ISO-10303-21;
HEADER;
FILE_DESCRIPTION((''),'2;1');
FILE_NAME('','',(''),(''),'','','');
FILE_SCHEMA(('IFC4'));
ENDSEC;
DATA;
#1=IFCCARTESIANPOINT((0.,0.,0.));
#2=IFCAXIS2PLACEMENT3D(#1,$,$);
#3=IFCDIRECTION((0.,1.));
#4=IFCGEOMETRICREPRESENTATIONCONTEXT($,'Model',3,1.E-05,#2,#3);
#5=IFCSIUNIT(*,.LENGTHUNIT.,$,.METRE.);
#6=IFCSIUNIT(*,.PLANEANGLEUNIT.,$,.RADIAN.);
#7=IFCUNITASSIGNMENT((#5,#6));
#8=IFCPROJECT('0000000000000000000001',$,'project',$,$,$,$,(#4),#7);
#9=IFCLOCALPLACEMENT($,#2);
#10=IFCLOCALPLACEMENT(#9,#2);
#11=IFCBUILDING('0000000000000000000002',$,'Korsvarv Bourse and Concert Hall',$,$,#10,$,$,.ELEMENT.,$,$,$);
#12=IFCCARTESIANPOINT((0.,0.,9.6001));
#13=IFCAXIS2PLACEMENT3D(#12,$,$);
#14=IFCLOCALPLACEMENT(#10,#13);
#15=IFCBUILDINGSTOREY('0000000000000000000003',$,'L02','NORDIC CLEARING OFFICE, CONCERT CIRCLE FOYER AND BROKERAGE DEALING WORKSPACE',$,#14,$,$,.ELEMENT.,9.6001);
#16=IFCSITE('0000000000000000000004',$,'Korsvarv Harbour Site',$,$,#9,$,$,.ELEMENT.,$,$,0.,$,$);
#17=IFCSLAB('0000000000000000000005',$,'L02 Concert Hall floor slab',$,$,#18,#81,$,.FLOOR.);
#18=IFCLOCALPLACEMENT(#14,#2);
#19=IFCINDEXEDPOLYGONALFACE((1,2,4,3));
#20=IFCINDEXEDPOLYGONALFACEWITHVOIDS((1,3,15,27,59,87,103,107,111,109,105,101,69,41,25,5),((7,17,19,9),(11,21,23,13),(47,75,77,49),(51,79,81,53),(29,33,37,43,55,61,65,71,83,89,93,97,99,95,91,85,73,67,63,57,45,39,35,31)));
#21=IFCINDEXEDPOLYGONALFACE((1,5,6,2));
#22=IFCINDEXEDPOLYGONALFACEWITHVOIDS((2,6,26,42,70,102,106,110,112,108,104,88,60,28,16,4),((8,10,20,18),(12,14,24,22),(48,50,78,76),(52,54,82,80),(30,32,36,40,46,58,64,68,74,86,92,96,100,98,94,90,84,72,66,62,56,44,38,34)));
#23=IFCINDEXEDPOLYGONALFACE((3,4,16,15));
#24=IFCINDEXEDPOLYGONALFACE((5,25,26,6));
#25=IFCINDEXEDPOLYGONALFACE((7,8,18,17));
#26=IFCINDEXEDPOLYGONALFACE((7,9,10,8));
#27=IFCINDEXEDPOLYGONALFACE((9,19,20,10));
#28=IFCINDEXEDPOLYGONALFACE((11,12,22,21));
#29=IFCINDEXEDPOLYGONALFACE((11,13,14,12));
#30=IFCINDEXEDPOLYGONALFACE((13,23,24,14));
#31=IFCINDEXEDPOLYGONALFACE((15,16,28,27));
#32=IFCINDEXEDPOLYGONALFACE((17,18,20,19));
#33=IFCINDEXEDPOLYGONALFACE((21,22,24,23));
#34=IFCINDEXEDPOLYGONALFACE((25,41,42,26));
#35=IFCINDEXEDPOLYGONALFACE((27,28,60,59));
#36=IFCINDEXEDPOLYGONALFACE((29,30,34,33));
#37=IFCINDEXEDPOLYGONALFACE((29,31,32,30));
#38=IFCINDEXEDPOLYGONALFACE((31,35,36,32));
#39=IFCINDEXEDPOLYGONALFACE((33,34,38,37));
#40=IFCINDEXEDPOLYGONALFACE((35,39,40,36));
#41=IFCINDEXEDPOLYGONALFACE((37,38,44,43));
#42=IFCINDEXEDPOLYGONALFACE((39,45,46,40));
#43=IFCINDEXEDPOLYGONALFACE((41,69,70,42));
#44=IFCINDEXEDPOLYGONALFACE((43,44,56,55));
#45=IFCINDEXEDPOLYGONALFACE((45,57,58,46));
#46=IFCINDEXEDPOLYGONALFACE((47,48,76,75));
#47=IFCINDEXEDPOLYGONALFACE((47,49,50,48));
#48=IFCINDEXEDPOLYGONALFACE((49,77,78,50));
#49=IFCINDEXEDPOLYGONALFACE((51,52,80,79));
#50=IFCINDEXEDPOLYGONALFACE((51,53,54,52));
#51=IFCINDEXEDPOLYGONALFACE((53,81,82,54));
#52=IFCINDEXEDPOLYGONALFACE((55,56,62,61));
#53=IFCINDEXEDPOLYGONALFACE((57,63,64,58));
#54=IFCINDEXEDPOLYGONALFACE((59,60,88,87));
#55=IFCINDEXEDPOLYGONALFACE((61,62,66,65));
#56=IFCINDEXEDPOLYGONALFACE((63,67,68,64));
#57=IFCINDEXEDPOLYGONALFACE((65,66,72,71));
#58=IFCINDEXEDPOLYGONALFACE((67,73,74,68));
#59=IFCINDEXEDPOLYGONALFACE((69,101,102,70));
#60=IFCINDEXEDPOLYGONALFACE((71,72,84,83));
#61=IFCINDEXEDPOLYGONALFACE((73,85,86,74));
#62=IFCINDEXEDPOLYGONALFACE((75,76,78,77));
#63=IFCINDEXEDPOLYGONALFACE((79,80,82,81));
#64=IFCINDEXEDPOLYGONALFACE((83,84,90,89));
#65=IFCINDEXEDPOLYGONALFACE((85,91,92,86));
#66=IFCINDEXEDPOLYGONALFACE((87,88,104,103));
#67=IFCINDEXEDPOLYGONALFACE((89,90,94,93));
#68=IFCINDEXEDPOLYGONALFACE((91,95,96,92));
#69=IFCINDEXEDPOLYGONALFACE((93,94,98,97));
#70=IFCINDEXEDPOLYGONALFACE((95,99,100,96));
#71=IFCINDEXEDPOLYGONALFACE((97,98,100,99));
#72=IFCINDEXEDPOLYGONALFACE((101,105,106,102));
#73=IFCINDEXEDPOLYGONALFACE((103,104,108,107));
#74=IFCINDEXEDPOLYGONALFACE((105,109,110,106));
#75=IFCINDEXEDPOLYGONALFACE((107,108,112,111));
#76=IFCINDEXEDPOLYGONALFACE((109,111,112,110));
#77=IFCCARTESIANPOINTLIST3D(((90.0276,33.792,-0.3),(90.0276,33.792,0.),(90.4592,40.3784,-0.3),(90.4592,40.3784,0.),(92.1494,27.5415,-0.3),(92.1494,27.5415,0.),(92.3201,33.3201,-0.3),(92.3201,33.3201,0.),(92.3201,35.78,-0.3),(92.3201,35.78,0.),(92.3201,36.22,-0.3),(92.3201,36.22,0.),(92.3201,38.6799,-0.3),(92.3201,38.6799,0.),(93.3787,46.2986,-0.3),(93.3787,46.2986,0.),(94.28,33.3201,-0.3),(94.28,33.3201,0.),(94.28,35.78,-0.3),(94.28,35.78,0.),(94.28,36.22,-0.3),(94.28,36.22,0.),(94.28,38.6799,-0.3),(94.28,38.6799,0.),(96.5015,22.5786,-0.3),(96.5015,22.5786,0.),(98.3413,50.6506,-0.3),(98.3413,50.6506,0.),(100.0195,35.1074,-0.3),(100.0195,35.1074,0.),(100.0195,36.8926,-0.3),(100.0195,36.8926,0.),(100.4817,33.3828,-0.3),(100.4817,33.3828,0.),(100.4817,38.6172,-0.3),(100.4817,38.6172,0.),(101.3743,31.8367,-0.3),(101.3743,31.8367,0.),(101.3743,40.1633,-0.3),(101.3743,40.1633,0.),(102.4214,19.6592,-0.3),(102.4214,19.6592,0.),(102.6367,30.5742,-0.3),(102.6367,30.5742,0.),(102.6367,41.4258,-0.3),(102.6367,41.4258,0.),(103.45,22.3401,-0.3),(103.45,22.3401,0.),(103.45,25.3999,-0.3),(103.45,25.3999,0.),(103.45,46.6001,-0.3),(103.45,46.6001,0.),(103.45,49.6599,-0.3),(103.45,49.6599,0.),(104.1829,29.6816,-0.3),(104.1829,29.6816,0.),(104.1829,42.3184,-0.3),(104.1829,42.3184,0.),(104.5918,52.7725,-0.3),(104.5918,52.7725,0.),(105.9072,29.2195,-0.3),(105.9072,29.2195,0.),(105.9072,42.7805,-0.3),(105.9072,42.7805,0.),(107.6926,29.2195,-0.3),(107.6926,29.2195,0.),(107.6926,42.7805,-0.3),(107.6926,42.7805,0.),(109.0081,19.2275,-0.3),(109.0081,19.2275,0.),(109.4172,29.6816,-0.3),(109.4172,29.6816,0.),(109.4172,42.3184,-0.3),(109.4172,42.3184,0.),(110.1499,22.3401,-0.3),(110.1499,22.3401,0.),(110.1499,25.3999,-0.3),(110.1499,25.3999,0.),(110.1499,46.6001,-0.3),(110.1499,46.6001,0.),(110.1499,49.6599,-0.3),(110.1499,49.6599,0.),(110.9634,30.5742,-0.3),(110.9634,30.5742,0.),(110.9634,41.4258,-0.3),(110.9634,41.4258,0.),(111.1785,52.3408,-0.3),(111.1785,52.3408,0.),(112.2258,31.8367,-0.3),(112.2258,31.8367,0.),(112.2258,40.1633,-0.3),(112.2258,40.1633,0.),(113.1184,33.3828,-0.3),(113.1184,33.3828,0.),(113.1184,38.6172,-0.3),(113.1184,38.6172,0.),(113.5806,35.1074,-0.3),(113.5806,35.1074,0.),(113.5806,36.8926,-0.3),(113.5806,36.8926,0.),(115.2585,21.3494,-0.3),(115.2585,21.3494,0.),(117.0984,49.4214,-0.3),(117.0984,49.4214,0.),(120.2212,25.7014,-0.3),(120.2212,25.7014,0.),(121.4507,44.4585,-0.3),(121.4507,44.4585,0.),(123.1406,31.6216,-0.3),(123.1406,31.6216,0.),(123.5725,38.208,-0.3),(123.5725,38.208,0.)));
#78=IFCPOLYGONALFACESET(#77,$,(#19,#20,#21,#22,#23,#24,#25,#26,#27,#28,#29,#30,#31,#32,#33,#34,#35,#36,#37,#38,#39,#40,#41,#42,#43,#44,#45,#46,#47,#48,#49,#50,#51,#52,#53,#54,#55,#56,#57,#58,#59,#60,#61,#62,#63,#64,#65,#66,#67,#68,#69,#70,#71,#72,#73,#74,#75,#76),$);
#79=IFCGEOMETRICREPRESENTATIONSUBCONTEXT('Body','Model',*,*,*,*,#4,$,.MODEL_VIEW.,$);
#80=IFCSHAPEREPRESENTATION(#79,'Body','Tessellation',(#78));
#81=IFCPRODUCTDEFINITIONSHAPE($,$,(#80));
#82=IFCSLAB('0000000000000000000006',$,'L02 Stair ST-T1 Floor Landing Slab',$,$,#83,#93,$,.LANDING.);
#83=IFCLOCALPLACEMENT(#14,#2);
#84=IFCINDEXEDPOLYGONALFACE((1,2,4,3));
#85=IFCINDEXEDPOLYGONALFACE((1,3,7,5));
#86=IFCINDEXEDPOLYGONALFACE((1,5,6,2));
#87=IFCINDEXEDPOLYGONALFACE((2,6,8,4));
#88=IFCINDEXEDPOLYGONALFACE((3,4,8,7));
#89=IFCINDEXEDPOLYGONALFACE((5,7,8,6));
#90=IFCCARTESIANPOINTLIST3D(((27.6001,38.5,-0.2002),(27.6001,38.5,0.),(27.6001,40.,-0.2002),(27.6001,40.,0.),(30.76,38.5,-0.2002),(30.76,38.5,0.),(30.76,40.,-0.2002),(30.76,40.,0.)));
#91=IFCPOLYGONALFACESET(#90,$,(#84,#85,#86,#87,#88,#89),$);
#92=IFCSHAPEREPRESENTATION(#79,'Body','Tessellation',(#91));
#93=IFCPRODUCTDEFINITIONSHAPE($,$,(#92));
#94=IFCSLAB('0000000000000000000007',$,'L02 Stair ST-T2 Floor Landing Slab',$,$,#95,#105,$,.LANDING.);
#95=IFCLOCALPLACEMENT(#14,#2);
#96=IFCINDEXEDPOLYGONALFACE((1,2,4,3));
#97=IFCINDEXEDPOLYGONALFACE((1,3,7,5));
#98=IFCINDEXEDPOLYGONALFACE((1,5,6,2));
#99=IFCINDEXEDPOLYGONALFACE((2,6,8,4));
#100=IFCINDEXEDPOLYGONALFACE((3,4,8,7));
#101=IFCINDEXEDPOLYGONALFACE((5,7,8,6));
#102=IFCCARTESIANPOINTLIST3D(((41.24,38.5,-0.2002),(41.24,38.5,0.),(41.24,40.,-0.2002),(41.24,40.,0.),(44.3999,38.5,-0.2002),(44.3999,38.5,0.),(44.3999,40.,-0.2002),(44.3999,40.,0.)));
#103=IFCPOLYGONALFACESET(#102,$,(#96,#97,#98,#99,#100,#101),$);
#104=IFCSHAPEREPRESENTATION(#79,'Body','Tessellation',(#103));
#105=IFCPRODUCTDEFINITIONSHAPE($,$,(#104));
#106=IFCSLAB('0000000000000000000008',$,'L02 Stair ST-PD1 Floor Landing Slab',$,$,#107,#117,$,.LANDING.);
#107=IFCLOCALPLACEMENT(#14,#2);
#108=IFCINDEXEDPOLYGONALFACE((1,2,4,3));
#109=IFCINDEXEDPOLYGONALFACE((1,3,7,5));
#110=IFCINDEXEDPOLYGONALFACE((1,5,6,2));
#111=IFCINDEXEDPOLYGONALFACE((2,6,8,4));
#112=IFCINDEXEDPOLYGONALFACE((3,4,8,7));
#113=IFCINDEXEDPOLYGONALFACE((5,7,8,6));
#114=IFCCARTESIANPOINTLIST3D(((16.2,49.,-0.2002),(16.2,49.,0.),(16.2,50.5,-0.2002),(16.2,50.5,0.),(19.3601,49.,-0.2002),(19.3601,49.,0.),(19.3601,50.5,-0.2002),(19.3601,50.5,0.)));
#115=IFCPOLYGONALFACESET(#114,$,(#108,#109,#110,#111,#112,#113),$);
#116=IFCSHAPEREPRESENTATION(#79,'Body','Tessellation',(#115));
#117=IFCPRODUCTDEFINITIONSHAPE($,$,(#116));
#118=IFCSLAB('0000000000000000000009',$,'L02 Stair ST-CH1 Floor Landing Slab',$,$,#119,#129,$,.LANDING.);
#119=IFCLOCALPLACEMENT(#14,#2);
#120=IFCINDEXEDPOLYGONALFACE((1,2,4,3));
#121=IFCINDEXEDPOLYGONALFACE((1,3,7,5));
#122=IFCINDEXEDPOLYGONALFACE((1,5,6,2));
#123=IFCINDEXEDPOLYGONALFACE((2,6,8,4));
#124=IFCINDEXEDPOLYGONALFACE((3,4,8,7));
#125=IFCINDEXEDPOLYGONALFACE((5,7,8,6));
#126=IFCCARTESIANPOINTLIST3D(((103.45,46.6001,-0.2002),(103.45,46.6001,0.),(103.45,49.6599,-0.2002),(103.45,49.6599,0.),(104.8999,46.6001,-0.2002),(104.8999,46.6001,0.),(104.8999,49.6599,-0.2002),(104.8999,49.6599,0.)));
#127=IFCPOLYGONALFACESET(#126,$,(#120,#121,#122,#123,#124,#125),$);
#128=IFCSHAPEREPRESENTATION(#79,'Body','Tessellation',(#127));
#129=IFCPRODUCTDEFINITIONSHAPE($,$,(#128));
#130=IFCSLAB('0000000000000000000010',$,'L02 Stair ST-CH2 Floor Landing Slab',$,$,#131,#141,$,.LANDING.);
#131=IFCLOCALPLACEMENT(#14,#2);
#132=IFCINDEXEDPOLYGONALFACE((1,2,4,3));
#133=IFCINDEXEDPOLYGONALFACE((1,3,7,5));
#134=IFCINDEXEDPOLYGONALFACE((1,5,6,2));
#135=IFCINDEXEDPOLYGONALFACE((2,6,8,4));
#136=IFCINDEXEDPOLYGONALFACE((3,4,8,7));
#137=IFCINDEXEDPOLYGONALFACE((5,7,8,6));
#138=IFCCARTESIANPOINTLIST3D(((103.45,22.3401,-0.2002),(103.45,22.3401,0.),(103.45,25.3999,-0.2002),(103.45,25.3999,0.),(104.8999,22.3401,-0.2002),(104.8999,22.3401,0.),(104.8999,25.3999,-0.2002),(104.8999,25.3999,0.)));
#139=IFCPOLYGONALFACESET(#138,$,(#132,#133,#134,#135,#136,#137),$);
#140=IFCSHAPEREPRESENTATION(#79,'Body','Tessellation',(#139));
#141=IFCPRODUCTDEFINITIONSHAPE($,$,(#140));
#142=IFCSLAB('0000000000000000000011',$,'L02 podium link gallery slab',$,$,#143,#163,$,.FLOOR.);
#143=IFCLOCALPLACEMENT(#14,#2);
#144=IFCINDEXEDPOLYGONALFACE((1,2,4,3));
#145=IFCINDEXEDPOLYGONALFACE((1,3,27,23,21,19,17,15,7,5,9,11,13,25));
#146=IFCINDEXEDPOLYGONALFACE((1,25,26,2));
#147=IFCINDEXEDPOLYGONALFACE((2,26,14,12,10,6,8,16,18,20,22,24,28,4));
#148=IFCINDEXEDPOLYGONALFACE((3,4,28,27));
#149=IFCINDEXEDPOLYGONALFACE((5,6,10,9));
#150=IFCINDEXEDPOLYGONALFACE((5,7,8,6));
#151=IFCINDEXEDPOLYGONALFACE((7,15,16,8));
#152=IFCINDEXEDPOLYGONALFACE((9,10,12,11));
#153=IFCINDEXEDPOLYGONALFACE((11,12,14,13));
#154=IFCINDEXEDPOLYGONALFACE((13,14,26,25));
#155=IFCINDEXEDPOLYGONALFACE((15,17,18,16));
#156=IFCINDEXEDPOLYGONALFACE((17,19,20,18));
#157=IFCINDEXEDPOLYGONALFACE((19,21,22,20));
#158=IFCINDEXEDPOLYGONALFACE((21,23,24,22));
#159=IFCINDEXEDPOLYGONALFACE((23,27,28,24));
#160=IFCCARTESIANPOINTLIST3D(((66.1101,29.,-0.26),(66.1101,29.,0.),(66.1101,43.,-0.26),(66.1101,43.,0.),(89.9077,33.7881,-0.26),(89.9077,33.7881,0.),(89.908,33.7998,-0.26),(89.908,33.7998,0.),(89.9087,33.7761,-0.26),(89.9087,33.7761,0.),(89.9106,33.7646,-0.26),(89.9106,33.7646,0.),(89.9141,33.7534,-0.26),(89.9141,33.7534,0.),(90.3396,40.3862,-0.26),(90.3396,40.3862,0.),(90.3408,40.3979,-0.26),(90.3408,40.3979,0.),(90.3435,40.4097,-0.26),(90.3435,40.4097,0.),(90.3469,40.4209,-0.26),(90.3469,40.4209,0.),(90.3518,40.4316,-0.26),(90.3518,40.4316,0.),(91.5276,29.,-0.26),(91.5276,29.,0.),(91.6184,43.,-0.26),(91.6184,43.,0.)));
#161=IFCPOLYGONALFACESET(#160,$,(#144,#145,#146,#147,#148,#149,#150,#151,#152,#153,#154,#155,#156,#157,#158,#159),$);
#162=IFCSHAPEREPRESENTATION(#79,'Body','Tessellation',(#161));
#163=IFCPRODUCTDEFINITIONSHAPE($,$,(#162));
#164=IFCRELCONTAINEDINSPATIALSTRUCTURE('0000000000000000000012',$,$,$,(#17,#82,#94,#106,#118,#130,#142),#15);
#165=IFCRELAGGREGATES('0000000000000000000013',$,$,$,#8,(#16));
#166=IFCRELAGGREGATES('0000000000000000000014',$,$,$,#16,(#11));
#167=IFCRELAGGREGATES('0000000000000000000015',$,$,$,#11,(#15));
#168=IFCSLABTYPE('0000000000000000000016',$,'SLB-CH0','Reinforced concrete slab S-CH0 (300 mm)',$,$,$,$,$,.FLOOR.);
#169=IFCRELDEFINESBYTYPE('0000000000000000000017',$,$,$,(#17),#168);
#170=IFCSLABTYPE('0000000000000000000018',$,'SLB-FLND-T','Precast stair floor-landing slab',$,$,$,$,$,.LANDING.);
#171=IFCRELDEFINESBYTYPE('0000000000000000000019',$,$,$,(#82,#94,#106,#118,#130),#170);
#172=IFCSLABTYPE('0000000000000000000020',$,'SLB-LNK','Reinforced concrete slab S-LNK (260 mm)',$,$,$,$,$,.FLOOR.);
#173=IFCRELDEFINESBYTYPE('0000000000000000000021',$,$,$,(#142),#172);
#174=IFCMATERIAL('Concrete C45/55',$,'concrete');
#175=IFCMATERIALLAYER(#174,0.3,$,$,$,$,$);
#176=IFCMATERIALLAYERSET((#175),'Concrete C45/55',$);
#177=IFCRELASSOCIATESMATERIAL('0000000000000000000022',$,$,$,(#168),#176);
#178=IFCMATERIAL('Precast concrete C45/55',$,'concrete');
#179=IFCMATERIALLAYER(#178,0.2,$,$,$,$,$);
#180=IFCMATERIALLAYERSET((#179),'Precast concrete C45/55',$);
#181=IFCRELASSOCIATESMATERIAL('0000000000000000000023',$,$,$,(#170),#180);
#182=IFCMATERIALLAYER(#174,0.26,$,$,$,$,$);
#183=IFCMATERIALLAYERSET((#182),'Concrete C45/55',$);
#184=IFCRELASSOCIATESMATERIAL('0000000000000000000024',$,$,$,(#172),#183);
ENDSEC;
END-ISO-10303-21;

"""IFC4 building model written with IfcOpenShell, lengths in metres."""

from ifc_helpers import new_model, si_unit, direction, frame, origin, place, context, subcontext, project, spatial, polyline, outline, extrude, material, layer, layer_set, type_object, element, save


model = new_model("IFC4")

# Units and contexts
model_context = context("Model", 3, precision=1e-05, world=origin(), true_north=direction((0.0, 1.0)))
body_context = subcontext(model_context, "Body", "Model", "MODEL_VIEW")
ifc_project = project(units=[si_unit("LENGTHUNIT", "METRE"), si_unit("PLANEANGLEUNIT", "RADIAN")], contexts=[model_context])

# Site, building, storey
site_placement = place(None, origin())
site = spatial("IfcSite", under=ifc_project, at=site_placement, Name="Korsvarv Harbour Site", CompositionType="ELEMENT", RefElevation=0.0)
building_placement = place(site_placement, origin())
building = spatial("IfcBuilding", under=site, at=building_placement, Name="Korsvarv Bourse and Concert Hall", CompositionType="ELEMENT")
storey_placement = place(building_placement, frame((0.0, 0.0, 9.6001)))
storey = spatial("IfcBuildingStorey", under=building, at=storey_placement, Name="L02", Description="NORDIC CLEARING OFFICE, CONCERT CIRCLE FOYER AND BROKERAGE DEALING WORKSPACE", CompositionType="ELEMENT", Elevation=9.6001)

# Slabs
ifc_material_1 = material(Name="Concrete C45/55", Category="concrete")
ifc_layer_1 = layer(ifc_material_1, 0.3)
ifc_layer_set_1 = layer_set([ifc_layer_1], Name="Concrete C45/55")
slab_type_1 = type_object("IfcSlabType", Name="SLB-CH0", Description="Reinforced concrete slab S-CH0 (300 mm)", PredefinedType="FLOOR", material=ifc_layer_set_1)
slab_1_placement = place(storey_placement, frame((0.0, 0.0, -0.3)))
element("IfcSlab", 1, at=slab_1_placement, inside=storey, type_object=slab_type_1, Name="L02 Concert Hall floor slab", PredefinedType="FLOOR", context=body_context, shape_type="SweptSolid", body=[
    extrude(outline(polyline([(123.5725, 38.208), (121.4507, 44.4585), (117.0984, 49.4214), (111.1785, 52.3408), (104.5918, 52.7725), (98.3413, 50.6506), (93.3787, 46.2986), (90.4592, 40.3784), (90.0276, 33.792), (92.1494, 27.5415), (96.5015, 22.5786), (102.4214, 19.6592), (109.0081, 19.2275), (115.2585, 21.3494), (120.2212, 25.7014), (123.1406, 31.6216), (123.5725, 38.208)]), holes=[polyline([(103.45, 46.6001), (110.1499, 46.6001), (110.1499, 49.6599), (103.45, 49.6599), (103.45, 46.6001)]), polyline([(103.45, 22.3401), (110.1499, 22.3401), (110.1499, 25.3999), (103.45, 25.3999), (103.45, 22.3401)]), polyline([(92.3201, 36.22), (94.28, 36.22), (94.28, 38.6799), (92.3201, 38.6799), (92.3201, 36.22)]), polyline([(92.3201, 33.3201), (94.28, 33.3201), (94.28, 35.78), (92.3201, 35.78), (92.3201, 33.3201)]), polyline([(113.5806, 36.8926), (113.1184, 38.6172), (112.2258, 40.1633), (110.9634, 41.4258), (109.4172, 42.3184), (107.6926, 42.7805), (105.9072, 42.7805), (104.1829, 42.3184), (102.6367, 41.4258), (101.3743, 40.1633), (100.4817, 38.6172), (100.0195, 36.8926), (100.0195, 35.1074), (100.4817, 33.3828), (101.3743, 31.8367), (102.6367, 30.5742), (104.1829, 29.6816), (105.9072, 29.2195), (107.6926, 29.2195), (109.4172, 29.6816), (110.9634, 30.5742), (112.2258, 31.8367), (113.1184, 33.3828), (113.5806, 35.1074), (113.5806, 36.8926)])]), origin(), (0.0, 0.0, 1.0), 0.3),
])
ifc_material_2 = material(Name="Precast concrete C45/55", Category="concrete")
ifc_layer_2 = layer(ifc_material_2, 0.2)
ifc_layer_set_2 = layer_set([ifc_layer_2], Name="Precast concrete C45/55")
slab_type_2 = type_object("IfcSlabType", Name="SLB-FLND-T", Description="Precast stair floor-landing slab", PredefinedType="LANDING", material=ifc_layer_set_2)
slab_2_placement = place(storey_placement, frame((0.0, 0.0, -0.2002)))
element("IfcSlab", 2, at=slab_2_placement, inside=storey, type_object=slab_type_2, Name="L02 Stair ST-T1 Floor Landing Slab", PredefinedType="LANDING", context=body_context, shape_type="SweptSolid", body=[
    extrude(outline(polyline([(30.76, 38.5), (30.76, 40.0), (27.6001, 40.0), (27.6001, 38.5), (30.76, 38.5)])), origin(), (0.0, 0.0, 1.0), 0.2002),
])
slab_3_placement = place(storey_placement, frame((0.0, 0.0, -0.2002)))
element("IfcSlab", 3, at=slab_3_placement, inside=storey, type_object=slab_type_2, Name="L02 Stair ST-T2 Floor Landing Slab", PredefinedType="LANDING", context=body_context, shape_type="SweptSolid", body=[
    extrude(outline(polyline([(44.3999, 38.5), (44.3999, 40.0), (41.24, 40.0), (41.24, 38.5), (44.3999, 38.5)])), origin(), (0.0, 0.0, 1.0), 0.2002),
])
slab_4_placement = place(storey_placement, frame((0.0, 0.0, -0.2002)))
element("IfcSlab", 4, at=slab_4_placement, inside=storey, type_object=slab_type_2, Name="L02 Stair ST-PD1 Floor Landing Slab", PredefinedType="LANDING", context=body_context, shape_type="SweptSolid", body=[
    extrude(outline(polyline([(19.3601, 49.0), (19.3601, 50.5), (16.2, 50.5), (16.2, 49.0), (19.3601, 49.0)])), origin(), (0.0, 0.0, 1.0), 0.2002),
])
slab_5_placement = place(storey_placement, frame((0.0, 0.0, -0.2002)))
element("IfcSlab", 5, at=slab_5_placement, inside=storey, type_object=slab_type_2, Name="L02 Stair ST-CH1 Floor Landing Slab", PredefinedType="LANDING", context=body_context, shape_type="SweptSolid", body=[
    extrude(outline(polyline([(103.45, 46.6001), (104.8999, 46.6001), (104.8999, 49.6599), (103.45, 49.6599), (103.45, 46.6001)])), origin(), (0.0, 0.0, 1.0), 0.2002),
])
slab_6_placement = place(storey_placement, frame((0.0, 0.0, -0.2002)))
element("IfcSlab", 6, at=slab_6_placement, inside=storey, type_object=slab_type_2, Name="L02 Stair ST-CH2 Floor Landing Slab", PredefinedType="LANDING", context=body_context, shape_type="SweptSolid", body=[
    extrude(outline(polyline([(103.45, 22.3401), (104.8999, 22.3401), (104.8999, 25.3999), (103.45, 25.3999), (103.45, 22.3401)])), origin(), (0.0, 0.0, 1.0), 0.2002),
])
ifc_layer_3 = layer(ifc_material_1, 0.26)
ifc_layer_set_3 = layer_set([ifc_layer_3], Name="Concrete C45/55")
slab_type_3 = type_object("IfcSlabType", Name="SLB-LNK", Description="Reinforced concrete slab S-LNK (260 mm)", PredefinedType="FLOOR", material=ifc_layer_set_3)
slab_7_placement = place(storey_placement, frame((0.0, 0.0, -0.26)))
element("IfcSlab", 7, at=slab_7_placement, inside=storey, type_object=slab_type_3, Name="L02 podium link gallery slab", PredefinedType="FLOOR", context=body_context, shape_type="SweptSolid", body=[
    extrude(outline(polyline([(66.1101, 29.0), (66.1101, 43.0), (91.6184, 43.0), (90.3518, 40.4316), (90.3469, 40.4209), (90.3435, 40.4097), (90.3408, 40.3979), (90.3396, 40.3862), (89.908, 33.7998), (89.9077, 33.7881), (89.9087, 33.7761), (89.9106, 33.7646), (89.9141, 33.7534), (91.5276, 29.0), (66.1101, 29.0)])), origin(), (0.0, 0.0, 1.0), 0.26),
])

save(model, "model.ifc")
